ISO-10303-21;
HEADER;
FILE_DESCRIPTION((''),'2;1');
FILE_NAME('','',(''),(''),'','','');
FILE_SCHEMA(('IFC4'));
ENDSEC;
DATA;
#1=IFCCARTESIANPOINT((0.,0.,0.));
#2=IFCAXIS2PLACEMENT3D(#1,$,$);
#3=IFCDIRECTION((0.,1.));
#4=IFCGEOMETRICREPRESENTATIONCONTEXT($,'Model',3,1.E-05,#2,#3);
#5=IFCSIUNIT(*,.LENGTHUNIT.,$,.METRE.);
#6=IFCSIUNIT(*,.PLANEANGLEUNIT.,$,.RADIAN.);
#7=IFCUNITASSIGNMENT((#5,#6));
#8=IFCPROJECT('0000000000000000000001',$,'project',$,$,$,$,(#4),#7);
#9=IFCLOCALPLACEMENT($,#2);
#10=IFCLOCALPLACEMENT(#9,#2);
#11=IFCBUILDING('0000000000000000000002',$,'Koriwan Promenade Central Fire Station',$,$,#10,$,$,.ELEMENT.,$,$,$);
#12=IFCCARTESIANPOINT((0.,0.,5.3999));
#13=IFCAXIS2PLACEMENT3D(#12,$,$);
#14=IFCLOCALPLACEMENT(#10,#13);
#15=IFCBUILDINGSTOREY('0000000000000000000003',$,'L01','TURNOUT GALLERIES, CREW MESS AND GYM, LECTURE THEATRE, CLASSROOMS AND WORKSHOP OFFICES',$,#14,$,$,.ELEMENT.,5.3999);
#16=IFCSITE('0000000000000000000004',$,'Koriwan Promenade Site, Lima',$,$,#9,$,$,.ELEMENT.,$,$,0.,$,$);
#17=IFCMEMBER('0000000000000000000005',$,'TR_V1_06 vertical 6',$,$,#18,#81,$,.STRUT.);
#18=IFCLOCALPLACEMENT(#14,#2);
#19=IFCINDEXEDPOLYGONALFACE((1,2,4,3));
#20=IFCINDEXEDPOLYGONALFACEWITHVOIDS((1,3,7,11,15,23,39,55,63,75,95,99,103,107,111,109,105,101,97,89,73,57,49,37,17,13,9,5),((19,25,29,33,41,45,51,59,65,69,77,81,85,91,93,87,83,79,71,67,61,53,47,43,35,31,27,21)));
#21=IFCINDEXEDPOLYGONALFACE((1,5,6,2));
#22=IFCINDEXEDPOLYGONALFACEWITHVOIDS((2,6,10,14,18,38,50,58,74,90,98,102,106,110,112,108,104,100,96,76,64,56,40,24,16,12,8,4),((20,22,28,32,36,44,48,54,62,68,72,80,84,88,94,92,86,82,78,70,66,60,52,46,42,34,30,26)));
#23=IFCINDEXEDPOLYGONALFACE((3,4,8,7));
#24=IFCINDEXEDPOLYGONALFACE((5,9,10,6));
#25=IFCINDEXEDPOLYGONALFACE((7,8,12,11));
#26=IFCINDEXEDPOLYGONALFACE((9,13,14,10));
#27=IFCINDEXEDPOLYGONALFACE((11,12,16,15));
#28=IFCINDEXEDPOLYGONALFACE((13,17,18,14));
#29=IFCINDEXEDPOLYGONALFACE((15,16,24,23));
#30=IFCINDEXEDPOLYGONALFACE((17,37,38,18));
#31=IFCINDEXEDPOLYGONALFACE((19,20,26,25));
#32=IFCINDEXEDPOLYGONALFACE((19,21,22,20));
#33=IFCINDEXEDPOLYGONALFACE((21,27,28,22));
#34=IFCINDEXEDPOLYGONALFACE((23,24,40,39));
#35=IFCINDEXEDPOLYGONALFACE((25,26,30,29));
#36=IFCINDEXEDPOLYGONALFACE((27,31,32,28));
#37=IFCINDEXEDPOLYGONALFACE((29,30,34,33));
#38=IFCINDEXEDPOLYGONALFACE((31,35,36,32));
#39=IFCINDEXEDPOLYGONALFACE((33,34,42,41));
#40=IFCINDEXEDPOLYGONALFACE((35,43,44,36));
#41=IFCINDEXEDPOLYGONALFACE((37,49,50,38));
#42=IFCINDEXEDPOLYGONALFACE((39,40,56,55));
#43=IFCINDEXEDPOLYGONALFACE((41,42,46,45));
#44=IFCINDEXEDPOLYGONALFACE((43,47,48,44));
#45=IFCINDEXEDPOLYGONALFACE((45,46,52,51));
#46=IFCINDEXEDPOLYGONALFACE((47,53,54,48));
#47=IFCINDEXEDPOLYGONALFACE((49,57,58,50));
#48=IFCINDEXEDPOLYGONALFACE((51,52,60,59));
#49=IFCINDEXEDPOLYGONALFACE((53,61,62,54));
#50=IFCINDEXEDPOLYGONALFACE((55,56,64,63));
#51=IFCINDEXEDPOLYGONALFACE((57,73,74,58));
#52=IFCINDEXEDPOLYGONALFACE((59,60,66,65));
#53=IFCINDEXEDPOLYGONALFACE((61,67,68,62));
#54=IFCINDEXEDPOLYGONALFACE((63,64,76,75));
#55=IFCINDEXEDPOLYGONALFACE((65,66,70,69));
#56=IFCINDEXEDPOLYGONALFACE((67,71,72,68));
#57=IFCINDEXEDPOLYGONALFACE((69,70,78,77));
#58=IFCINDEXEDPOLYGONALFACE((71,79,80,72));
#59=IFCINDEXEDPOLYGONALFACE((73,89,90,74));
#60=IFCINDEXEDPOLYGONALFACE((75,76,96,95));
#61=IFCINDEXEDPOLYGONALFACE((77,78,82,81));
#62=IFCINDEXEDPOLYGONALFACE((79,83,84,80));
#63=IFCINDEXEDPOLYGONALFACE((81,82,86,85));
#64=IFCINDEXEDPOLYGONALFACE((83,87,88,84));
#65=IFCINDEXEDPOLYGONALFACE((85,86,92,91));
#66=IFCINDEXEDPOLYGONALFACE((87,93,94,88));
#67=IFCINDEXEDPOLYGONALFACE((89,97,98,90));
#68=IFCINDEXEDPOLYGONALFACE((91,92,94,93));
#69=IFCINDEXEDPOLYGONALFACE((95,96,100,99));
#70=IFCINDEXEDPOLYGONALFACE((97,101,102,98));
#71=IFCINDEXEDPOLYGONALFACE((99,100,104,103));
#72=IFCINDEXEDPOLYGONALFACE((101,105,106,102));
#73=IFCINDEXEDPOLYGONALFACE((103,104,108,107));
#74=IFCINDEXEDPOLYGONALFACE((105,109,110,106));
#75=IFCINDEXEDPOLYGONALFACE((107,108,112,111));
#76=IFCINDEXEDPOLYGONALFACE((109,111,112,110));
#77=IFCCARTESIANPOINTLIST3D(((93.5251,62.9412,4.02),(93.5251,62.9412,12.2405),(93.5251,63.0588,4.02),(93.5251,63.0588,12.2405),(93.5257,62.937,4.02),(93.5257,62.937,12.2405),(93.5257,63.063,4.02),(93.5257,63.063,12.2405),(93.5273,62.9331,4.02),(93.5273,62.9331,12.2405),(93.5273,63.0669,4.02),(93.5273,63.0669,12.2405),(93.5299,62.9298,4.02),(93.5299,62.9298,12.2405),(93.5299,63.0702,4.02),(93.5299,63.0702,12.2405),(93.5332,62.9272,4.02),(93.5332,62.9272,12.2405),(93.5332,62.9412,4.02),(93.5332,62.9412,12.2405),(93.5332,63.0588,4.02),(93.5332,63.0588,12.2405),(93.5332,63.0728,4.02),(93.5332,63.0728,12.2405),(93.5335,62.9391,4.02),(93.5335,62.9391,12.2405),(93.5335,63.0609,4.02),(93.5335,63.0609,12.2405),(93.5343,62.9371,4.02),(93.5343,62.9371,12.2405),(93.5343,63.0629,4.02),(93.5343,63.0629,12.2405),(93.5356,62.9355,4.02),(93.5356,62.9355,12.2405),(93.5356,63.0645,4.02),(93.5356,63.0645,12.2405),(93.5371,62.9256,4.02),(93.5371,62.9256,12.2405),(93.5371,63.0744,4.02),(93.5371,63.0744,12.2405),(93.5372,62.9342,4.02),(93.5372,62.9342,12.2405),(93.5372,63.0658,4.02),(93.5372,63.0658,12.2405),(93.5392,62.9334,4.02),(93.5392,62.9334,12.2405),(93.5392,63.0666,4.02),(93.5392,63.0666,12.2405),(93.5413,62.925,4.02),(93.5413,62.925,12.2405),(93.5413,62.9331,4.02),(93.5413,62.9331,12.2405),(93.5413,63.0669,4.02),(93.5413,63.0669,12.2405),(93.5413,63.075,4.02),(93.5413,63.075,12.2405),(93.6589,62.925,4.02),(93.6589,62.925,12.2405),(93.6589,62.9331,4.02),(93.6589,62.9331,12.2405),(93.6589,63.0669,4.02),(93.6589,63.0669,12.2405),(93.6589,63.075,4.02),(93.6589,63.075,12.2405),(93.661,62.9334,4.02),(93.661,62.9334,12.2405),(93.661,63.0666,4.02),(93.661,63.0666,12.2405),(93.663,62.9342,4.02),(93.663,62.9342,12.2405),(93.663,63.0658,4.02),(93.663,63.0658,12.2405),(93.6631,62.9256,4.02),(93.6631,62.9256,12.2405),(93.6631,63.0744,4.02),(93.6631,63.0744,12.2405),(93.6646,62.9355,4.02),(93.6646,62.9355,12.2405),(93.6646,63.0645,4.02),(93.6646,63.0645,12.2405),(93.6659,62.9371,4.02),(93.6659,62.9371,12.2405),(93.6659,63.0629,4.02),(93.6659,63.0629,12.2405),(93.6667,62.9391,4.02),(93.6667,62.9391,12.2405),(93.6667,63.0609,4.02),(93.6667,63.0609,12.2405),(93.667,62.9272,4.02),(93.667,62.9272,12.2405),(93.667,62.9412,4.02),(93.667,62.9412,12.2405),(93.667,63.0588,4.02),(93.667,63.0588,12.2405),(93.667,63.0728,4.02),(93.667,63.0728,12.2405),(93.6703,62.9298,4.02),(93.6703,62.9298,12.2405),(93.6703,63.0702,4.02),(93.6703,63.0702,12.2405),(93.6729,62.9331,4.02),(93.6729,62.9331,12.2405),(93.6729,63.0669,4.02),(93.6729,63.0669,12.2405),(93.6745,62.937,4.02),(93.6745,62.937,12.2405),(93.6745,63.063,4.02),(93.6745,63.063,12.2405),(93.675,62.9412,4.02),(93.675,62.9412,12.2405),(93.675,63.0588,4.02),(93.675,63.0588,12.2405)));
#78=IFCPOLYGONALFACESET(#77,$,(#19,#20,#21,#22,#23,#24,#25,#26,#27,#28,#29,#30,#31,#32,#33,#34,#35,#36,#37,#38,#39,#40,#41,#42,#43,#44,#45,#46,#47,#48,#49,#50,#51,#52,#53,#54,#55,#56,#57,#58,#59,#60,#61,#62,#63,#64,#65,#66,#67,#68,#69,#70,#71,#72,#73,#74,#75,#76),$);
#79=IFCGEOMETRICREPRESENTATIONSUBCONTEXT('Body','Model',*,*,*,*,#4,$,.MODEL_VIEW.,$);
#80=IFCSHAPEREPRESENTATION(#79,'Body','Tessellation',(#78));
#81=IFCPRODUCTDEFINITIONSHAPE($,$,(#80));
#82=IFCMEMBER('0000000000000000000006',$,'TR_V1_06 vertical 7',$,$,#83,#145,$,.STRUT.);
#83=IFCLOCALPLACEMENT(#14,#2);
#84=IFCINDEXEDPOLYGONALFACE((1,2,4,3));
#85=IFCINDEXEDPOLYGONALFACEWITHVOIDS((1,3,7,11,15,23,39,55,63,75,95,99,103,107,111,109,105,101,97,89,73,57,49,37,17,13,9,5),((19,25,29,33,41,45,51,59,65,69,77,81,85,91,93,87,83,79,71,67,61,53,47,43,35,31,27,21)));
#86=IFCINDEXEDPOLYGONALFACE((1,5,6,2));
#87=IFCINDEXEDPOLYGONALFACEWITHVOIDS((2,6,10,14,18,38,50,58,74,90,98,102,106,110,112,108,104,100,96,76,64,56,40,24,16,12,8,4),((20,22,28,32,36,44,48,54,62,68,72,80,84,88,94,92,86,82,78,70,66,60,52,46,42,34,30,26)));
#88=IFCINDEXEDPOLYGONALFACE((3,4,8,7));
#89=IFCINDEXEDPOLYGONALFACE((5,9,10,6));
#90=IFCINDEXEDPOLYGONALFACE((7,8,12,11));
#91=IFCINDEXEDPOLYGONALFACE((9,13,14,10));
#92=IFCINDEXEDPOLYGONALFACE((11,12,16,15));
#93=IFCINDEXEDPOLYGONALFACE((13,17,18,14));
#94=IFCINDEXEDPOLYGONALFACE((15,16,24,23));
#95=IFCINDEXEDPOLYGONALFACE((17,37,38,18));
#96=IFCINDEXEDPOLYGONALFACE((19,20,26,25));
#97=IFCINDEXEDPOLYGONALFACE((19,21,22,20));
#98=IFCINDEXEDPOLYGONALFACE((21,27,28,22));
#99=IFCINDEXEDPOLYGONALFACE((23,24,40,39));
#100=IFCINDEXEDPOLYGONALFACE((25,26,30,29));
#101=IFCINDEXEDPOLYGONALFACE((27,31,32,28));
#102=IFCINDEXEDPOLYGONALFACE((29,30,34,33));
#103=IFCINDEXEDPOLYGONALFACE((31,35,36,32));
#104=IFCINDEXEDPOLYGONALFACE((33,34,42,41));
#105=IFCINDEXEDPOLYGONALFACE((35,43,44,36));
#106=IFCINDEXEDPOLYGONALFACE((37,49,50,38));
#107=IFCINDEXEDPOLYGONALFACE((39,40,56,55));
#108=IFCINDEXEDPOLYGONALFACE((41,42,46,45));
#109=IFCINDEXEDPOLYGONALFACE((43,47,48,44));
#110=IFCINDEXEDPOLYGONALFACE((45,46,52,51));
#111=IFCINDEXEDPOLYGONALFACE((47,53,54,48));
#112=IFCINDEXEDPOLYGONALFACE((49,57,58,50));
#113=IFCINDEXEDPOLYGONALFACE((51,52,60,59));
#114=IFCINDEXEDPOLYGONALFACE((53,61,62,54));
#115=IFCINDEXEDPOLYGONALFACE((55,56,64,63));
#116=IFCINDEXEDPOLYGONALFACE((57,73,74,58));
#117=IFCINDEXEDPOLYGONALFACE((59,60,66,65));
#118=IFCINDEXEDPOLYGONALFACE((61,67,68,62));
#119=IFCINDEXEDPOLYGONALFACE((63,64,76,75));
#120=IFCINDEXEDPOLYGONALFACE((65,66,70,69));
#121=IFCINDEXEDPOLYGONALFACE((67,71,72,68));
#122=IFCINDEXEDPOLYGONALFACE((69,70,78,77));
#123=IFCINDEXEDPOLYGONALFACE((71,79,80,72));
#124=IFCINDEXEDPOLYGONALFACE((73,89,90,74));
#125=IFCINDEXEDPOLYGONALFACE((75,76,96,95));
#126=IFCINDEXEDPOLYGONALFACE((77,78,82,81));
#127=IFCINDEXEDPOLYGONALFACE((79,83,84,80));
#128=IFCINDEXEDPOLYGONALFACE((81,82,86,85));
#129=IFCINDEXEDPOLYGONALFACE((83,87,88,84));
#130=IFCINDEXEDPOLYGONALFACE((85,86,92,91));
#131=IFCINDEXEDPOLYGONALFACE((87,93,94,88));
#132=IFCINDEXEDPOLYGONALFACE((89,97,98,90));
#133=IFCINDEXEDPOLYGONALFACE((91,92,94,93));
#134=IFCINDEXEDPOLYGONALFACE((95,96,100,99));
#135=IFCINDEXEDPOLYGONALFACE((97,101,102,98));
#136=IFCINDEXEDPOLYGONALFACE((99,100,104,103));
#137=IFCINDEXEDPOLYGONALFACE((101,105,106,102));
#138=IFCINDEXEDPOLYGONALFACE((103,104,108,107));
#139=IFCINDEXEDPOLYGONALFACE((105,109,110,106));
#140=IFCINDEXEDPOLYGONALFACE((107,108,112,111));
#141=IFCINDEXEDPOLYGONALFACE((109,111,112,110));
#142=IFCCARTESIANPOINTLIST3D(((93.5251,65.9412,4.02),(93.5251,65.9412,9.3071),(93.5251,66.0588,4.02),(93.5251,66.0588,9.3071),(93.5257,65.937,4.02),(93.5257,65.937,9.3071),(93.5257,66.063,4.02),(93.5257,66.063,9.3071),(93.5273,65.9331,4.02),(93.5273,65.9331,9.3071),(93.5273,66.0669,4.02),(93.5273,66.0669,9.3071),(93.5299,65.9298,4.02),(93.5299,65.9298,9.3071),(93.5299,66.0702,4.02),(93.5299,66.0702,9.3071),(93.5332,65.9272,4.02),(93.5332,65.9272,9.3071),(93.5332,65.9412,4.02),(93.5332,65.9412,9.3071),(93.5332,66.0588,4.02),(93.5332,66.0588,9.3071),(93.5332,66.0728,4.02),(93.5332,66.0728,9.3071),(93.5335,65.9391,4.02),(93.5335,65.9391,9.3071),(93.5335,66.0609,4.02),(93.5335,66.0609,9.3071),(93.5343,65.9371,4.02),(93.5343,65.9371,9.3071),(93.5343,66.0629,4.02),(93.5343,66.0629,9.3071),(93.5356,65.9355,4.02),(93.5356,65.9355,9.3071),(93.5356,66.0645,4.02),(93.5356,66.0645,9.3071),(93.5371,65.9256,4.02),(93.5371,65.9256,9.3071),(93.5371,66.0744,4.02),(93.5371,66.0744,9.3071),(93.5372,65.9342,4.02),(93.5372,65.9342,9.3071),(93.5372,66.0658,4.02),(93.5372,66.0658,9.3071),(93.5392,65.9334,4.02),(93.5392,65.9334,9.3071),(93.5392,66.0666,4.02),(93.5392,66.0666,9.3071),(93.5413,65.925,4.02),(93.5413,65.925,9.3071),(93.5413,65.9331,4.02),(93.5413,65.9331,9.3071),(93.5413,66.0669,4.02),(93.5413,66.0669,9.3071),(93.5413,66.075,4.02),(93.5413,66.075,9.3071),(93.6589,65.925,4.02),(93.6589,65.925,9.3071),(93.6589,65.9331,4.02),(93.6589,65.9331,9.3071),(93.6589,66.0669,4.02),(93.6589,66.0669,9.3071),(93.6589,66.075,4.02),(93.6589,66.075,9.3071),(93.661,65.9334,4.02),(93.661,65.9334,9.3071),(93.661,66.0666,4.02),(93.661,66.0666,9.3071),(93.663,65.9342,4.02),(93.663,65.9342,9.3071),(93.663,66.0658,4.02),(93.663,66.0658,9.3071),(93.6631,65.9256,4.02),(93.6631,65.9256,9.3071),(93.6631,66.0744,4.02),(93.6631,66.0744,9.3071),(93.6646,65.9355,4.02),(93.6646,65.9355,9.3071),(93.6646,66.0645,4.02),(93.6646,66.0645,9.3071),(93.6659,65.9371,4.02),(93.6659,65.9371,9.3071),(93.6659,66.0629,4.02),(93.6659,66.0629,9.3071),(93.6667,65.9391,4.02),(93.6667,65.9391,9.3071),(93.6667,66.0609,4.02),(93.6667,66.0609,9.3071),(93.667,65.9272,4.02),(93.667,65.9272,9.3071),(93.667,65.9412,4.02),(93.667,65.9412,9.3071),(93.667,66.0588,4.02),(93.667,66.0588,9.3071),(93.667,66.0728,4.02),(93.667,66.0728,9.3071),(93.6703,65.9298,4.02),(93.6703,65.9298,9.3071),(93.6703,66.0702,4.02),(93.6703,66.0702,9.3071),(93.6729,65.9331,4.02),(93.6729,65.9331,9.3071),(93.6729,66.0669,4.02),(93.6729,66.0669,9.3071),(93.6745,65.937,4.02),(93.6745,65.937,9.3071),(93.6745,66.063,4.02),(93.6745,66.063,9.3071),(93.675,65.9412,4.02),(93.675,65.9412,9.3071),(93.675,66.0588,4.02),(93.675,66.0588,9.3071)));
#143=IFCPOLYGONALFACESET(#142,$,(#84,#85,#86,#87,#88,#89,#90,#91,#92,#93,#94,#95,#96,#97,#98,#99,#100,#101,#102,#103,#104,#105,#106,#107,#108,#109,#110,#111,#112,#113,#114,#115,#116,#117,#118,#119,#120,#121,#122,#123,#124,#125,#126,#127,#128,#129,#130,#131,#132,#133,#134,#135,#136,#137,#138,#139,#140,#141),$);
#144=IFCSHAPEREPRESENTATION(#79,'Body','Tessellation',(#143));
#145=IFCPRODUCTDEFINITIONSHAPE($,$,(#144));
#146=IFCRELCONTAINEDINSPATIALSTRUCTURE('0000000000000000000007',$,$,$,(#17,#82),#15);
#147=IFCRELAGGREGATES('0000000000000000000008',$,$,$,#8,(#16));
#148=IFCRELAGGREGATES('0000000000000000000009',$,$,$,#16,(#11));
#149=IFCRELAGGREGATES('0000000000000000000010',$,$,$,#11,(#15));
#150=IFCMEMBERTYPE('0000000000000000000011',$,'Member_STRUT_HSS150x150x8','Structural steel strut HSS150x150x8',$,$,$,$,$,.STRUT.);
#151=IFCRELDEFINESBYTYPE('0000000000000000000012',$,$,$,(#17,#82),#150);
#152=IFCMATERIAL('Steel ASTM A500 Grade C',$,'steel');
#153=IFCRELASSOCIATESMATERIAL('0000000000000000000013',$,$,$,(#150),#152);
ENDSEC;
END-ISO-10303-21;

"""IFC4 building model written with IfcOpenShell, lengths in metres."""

from ifc_helpers import new_model, si_unit, direction, frame, origin, origin_2d, place, context, subcontext, project, spatial, hollow_rectangle, extrude, material, material_profile, profile_set, type_object, element, save


model = new_model("IFC4")

# Units and contexts
model_context = context("Model", 3, precision=1e-05, world=origin(), true_north=direction((0.0, 1.0)))
body_context = subcontext(model_context, "Body", "Model", "MODEL_VIEW")
ifc_project = project(units=[si_unit("LENGTHUNIT", "METRE"), si_unit("PLANEANGLEUNIT", "RADIAN")], contexts=[model_context])

# Site, building, storey
site_placement = place(None, origin())
site = spatial("IfcSite", under=ifc_project, at=site_placement, Name="Koriwan Promenade Site, Lima", CompositionType="ELEMENT", RefElevation=0.0)
building_placement = place(site_placement, origin())
building = spatial("IfcBuilding", under=site, at=building_placement, Name="Koriwan Promenade Central Fire Station", CompositionType="ELEMENT")
storey_placement = place(building_placement, frame((0.0, 0.0, 5.3999)))
storey = spatial("IfcBuildingStorey", under=building, at=storey_placement, Name="L01", Description="TURNOUT GALLERIES, CREW MESS AND GYM, LECTURE THEATRE, CLASSROOMS AND WORKSHOP OFFICES", CompositionType="ELEMENT", Elevation=5.3999)

# Members
ifc_material_1 = material(Name="Steel ASTM A500 Grade C", Category="steel")
ifc_material_profile_1 = material_profile(ifc_material_1, hollow_rectangle(XDim=0.1499, YDim=0.1499, WallThickness=0.0081, InnerFilletRadius=0.0081, OuterFilletRadius=0.0161, at=origin_2d()), Name="HSS150x150x8")
ifc_profile_set_1 = profile_set([ifc_material_profile_1], Name="Steel ASTM A500 Grade C")
member_type_1 = type_object("IfcMemberType", Name="Member_STRUT_HSS150x150x8", Description="Structural steel strut HSS150x150x8", PredefinedType="STRUT", material=ifc_profile_set_1)
member_1_placement = place(storey_placement, frame((93.6001, 63.0, 4.02), z_axis=(0.0, 0.0, 1.0), x_axis=(1.0, 0.0, 0.0)))
element("IfcMember", 1, at=member_1_placement, inside=storey, type_object=member_type_1, Name="TR_V1_06 vertical 6", PredefinedType="STRUT", context=body_context, shape_type="SweptSolid", body=[
    extrude(hollow_rectangle(XDim=0.1499, YDim=0.1499, WallThickness=0.0081, InnerFilletRadius=0.0081, OuterFilletRadius=0.0161, at=origin_2d()), origin(), (0.0, 0.0, 1.0), 8.2205),
])
member_2_placement = place(storey_placement, frame((93.6001, 66.0, 4.02), z_axis=(0.0, 0.0, 1.0), x_axis=(1.0, 0.0, 0.0)))
element("IfcMember", 2, at=member_2_placement, inside=storey, type_object=member_type_1, Name="TR_V1_06 vertical 7", PredefinedType="STRUT", context=body_context, shape_type="SweptSolid", body=[
    extrude(hollow_rectangle(XDim=0.1499, YDim=0.1499, WallThickness=0.0081, InnerFilletRadius=0.0081, OuterFilletRadius=0.0161, at=origin_2d()), origin(), (0.0, 0.0, 1.0), 5.2871),
])

save(model, "model.ifc")
